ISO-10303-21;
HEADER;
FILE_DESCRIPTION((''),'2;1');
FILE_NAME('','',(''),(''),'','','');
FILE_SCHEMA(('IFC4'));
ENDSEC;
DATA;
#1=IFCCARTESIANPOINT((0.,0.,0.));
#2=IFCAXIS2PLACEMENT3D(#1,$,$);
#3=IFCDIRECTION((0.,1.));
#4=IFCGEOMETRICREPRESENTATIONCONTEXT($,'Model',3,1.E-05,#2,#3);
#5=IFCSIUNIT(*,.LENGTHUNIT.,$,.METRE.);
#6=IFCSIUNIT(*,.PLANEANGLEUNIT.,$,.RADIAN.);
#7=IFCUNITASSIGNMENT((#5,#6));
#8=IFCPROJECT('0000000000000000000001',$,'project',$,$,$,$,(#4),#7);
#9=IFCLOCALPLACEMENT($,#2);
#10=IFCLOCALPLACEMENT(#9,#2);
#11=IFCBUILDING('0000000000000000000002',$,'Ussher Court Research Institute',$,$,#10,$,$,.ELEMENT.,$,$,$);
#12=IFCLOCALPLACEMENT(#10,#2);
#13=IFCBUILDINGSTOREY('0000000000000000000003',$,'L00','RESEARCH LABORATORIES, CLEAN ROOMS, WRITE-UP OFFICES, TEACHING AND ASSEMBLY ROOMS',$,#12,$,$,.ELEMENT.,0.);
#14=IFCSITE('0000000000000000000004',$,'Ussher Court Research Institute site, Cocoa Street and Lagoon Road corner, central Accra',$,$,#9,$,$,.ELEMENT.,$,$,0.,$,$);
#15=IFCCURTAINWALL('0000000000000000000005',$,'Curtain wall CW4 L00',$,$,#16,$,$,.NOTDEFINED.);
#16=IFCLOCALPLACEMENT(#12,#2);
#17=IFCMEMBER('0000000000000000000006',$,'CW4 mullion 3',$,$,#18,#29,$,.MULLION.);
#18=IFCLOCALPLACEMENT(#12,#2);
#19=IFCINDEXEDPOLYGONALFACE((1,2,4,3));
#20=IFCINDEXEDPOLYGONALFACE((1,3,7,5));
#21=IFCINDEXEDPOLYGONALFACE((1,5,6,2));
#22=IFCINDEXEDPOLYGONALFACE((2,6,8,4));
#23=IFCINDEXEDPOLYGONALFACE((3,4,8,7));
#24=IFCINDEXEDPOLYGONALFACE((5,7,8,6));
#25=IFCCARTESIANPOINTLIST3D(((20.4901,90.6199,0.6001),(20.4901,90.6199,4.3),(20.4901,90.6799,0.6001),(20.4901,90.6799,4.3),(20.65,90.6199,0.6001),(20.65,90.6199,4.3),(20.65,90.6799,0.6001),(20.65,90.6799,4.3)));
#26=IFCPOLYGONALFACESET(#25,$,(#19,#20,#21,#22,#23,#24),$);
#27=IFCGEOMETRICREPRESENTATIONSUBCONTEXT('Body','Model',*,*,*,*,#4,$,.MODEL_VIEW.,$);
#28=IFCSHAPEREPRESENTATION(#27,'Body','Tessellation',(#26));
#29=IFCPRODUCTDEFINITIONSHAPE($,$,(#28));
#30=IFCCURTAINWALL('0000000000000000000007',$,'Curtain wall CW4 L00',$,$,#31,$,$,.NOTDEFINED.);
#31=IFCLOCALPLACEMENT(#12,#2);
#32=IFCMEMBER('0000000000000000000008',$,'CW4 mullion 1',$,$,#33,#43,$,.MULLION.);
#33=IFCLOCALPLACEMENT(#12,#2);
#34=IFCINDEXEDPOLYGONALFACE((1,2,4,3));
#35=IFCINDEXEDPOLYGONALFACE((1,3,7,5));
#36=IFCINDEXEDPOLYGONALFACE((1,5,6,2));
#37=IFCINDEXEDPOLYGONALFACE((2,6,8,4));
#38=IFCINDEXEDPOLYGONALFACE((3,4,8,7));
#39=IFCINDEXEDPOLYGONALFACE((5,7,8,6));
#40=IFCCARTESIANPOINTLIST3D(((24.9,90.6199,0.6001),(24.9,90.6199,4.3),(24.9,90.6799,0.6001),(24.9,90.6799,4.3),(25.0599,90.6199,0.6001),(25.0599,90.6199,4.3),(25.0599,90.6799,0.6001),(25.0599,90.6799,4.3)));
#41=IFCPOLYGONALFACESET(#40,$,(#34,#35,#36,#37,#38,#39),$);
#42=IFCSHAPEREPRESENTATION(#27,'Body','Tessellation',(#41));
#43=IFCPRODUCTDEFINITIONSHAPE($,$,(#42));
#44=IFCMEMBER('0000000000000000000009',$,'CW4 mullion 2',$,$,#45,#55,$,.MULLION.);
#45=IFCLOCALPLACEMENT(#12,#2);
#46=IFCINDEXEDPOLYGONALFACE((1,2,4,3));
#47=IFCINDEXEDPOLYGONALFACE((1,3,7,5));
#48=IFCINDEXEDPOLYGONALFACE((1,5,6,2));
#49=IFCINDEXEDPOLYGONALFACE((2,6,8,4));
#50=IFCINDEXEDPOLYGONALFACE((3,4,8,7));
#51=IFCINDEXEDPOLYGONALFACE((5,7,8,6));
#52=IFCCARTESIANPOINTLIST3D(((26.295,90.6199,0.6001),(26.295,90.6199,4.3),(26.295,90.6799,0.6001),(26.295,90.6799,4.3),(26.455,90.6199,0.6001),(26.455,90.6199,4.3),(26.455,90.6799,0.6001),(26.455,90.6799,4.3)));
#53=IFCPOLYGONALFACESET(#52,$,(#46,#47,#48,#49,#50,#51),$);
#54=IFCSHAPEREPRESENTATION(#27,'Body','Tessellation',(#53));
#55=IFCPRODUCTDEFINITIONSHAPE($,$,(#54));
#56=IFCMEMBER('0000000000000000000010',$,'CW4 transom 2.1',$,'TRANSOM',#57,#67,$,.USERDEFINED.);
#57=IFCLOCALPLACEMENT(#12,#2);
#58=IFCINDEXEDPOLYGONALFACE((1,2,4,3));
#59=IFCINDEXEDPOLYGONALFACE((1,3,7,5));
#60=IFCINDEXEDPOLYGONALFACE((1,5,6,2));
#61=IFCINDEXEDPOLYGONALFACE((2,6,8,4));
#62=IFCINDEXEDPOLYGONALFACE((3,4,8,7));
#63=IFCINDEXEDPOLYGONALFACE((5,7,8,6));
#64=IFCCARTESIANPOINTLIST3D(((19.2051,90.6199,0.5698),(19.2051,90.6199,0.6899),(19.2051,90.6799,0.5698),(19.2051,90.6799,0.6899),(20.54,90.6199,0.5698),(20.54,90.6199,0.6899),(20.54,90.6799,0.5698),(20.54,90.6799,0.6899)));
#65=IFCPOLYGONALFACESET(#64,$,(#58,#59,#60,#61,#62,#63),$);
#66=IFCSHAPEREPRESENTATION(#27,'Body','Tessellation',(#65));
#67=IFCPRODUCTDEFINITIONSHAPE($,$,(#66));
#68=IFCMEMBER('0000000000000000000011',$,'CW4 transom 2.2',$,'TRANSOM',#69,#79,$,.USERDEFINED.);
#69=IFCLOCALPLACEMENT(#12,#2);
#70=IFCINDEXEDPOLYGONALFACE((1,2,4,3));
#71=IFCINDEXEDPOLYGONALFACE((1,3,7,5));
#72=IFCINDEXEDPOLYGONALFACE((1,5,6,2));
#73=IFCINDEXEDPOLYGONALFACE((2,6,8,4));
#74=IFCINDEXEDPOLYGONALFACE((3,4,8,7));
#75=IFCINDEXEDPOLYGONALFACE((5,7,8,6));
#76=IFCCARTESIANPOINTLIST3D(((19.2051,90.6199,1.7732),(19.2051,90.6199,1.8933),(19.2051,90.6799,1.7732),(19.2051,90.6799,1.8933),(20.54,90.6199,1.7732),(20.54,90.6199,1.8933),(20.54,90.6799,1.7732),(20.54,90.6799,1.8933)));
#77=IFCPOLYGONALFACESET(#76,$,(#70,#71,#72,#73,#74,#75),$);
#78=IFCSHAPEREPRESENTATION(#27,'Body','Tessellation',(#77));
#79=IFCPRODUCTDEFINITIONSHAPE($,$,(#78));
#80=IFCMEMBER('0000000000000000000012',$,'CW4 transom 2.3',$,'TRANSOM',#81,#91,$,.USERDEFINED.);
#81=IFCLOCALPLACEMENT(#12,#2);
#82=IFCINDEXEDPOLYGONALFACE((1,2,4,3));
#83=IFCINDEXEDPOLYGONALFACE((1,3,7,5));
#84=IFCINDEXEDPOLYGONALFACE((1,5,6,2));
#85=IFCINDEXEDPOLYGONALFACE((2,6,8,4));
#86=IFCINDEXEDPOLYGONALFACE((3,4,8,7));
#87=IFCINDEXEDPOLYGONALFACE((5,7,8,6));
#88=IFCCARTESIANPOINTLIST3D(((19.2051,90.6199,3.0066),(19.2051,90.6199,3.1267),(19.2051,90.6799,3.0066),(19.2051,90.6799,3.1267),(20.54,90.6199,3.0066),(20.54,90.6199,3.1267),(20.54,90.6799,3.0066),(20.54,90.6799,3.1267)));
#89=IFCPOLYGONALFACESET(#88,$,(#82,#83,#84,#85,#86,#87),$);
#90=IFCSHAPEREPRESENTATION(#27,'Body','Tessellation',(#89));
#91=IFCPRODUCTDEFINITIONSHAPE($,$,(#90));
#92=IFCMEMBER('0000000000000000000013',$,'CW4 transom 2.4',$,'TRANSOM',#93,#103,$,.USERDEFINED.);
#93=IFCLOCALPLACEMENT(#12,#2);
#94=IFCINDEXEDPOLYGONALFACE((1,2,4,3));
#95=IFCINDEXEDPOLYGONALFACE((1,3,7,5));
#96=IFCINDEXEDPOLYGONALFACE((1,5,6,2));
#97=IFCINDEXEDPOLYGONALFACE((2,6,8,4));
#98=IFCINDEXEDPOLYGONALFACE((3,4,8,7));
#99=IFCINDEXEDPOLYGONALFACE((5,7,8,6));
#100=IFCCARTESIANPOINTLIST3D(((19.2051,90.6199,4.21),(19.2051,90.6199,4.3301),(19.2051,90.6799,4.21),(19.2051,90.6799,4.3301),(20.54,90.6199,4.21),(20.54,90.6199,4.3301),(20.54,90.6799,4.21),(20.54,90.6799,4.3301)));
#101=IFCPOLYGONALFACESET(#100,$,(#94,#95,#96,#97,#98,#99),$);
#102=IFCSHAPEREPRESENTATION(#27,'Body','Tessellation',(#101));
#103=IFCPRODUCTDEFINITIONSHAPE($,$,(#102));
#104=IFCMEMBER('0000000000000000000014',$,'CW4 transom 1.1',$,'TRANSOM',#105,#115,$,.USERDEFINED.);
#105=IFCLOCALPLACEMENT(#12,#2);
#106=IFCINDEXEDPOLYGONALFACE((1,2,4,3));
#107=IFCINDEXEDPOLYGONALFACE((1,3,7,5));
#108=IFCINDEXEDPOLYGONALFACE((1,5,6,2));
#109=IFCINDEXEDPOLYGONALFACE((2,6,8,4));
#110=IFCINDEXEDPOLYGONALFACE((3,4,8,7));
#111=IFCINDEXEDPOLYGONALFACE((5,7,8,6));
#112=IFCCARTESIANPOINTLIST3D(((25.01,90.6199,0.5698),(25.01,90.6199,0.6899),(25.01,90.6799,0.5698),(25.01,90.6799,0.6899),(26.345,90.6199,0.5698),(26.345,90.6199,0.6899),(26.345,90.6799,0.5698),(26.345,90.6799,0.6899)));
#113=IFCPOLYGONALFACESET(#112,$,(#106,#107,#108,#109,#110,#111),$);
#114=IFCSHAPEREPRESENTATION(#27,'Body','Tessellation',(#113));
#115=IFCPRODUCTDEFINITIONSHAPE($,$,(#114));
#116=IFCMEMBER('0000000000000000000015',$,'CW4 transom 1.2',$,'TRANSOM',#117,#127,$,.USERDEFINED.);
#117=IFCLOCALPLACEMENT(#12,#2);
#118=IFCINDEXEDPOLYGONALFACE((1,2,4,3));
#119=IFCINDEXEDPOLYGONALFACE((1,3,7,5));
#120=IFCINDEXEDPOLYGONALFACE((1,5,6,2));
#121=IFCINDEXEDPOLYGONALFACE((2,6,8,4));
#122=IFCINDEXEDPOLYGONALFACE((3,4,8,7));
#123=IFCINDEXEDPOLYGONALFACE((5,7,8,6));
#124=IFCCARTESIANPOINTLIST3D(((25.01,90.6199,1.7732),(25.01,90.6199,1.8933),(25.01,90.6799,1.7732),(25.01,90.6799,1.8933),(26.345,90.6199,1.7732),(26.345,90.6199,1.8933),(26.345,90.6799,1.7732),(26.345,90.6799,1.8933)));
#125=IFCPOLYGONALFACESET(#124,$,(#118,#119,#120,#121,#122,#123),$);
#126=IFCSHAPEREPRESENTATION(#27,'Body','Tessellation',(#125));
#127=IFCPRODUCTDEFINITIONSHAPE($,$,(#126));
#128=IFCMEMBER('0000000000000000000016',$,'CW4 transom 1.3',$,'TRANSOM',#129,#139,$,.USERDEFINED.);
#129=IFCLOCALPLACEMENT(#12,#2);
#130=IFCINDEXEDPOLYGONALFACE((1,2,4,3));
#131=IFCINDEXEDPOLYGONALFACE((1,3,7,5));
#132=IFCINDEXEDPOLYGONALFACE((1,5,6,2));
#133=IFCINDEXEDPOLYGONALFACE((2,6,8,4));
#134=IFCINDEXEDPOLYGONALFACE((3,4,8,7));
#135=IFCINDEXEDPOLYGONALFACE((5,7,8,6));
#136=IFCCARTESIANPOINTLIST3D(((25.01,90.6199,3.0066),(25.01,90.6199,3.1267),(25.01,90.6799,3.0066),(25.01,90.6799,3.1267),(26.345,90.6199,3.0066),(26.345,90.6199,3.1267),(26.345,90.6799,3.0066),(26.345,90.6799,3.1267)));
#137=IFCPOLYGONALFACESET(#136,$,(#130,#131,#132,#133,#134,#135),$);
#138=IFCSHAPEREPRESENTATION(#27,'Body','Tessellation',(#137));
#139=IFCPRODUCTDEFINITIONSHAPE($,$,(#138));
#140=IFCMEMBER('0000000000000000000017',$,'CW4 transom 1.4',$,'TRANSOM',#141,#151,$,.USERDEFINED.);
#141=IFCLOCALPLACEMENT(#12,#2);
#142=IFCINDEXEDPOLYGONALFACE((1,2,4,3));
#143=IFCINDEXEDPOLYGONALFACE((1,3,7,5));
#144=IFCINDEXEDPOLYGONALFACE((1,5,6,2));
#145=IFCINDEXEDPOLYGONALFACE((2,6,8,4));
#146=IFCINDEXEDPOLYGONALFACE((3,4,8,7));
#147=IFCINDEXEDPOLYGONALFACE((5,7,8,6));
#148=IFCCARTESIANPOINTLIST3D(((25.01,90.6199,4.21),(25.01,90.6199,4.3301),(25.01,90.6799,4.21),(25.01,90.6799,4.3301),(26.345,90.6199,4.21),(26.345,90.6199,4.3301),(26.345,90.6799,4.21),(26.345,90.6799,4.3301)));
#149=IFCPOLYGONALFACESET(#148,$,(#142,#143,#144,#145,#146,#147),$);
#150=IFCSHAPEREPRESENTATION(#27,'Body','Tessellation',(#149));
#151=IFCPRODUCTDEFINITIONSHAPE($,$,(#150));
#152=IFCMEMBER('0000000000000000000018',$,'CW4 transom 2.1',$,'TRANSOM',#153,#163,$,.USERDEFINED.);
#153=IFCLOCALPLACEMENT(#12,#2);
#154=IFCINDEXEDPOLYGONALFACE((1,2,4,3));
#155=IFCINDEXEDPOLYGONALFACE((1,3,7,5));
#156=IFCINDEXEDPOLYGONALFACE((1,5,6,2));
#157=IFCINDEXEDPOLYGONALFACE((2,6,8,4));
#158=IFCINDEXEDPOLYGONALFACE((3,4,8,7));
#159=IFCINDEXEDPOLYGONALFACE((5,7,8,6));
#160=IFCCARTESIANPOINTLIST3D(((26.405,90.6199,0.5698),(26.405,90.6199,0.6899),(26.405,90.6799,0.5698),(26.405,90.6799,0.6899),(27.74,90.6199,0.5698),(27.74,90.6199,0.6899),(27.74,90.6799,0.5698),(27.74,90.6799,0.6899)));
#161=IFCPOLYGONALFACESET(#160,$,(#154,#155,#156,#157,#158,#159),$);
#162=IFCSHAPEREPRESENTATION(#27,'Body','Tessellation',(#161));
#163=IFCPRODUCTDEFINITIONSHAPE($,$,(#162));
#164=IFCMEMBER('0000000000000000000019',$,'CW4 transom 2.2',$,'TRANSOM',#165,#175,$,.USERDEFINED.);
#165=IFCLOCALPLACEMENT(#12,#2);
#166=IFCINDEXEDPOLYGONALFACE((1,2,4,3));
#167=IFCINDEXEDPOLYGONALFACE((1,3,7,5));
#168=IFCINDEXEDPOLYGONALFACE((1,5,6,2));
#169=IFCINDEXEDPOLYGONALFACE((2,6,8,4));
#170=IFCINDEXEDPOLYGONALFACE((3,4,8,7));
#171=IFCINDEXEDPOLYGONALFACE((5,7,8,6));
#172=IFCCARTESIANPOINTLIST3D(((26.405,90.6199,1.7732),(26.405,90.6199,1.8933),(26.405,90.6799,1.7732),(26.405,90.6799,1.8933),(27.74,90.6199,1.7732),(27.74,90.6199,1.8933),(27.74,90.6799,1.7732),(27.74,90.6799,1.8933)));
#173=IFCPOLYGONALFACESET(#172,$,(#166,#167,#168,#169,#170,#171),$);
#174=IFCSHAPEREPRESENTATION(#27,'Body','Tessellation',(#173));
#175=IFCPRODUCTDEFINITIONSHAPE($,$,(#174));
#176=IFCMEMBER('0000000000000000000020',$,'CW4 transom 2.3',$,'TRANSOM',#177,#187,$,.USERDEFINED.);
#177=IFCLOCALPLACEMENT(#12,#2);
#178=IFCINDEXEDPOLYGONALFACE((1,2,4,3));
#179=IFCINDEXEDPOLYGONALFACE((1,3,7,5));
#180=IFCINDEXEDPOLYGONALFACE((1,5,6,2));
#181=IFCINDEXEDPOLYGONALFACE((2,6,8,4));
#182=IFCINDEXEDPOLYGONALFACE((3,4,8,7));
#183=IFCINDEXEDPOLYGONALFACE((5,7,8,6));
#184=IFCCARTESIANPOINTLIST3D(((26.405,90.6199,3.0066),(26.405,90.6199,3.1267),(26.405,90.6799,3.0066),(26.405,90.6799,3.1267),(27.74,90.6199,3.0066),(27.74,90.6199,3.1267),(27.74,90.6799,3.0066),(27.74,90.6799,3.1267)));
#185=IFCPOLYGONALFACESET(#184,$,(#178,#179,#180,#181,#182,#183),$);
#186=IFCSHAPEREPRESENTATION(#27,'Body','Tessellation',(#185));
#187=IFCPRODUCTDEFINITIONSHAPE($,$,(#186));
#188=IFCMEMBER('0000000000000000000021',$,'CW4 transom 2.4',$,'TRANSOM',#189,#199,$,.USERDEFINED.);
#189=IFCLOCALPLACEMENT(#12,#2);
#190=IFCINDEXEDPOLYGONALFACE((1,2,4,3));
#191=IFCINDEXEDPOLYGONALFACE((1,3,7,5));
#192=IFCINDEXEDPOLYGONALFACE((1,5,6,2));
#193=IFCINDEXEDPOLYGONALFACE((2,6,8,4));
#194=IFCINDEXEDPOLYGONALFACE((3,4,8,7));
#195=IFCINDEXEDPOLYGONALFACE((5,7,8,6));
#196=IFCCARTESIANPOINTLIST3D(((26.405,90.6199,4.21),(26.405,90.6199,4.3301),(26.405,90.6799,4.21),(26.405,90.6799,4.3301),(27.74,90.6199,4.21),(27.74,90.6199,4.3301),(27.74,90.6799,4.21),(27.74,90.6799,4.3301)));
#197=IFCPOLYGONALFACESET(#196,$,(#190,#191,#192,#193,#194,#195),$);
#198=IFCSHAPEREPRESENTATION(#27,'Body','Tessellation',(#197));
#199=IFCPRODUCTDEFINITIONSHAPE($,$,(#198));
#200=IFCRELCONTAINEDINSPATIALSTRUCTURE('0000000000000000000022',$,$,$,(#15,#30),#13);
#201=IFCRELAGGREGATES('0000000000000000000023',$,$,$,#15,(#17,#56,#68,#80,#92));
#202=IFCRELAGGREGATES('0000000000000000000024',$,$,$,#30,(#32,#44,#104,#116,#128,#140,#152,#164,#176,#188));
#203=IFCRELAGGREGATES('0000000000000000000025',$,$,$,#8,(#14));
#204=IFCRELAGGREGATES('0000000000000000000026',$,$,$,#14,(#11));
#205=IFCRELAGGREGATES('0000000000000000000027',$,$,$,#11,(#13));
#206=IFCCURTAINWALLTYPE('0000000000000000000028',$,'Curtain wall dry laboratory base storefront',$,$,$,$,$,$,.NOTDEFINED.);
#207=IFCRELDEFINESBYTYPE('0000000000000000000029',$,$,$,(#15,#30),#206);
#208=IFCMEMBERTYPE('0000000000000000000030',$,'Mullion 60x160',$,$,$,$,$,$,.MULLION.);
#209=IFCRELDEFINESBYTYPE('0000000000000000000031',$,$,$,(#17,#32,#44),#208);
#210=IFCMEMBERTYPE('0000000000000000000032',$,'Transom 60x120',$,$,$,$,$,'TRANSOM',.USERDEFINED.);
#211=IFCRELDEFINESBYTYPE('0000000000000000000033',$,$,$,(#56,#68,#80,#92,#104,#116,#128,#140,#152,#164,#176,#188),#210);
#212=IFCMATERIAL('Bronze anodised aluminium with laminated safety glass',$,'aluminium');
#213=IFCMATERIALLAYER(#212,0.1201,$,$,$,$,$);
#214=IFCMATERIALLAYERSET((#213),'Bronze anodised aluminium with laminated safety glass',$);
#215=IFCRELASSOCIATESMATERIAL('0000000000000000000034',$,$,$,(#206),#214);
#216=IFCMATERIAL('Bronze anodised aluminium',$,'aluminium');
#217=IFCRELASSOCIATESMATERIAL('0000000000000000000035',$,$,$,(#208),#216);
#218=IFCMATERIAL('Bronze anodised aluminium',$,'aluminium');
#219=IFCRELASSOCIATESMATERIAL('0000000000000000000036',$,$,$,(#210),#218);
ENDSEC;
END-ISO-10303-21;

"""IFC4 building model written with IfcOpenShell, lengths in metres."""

from ifc_helpers import new_model, si_unit, direction, frame, origin, origin_2d, place, context, subcontext, project, spatial, rectangle, extrude, material, layer, layer_set, material_profile, profile_set, type_object, element, aggregate, save


model = new_model("IFC4")

# Units and contexts
model_context = context("Model", 3, precision=1e-05, world=origin(), true_north=direction((0.0, 1.0)))
body_context = subcontext(model_context, "Body", "Model", "MODEL_VIEW")
ifc_project = project(units=[si_unit("LENGTHUNIT", "METRE"), si_unit("PLANEANGLEUNIT", "RADIAN")], contexts=[model_context])

# Site, building, storey
site_placement = place(None, origin())
site = spatial("IfcSite", under=ifc_project, at=site_placement, Name="Ussher Court Research Institute site, Cocoa Street and Lagoon Road corner, central Accra", CompositionType="ELEMENT", RefElevation=0.0)
building_placement = place(site_placement, origin())
building = spatial("IfcBuilding", under=site, at=building_placement, Name="Ussher Court Research Institute", CompositionType="ELEMENT")
storey_placement = place(building_placement, origin())
storey = spatial("IfcBuildingStorey", under=building, at=storey_placement, Name="L00", Description="RESEARCH LABORATORIES, CLEAN ROOMS, WRITE-UP OFFICES, TEACHING AND ASSEMBLY ROOMS", CompositionType="ELEMENT", Elevation=0.0)

# Curtain wall, member
ifc_material_1 = material(Name="Bronze anodised aluminium with laminated safety glass", Category="aluminium")
ifc_layer_1 = layer(ifc_material_1, 0.1201)
ifc_layer_set_1 = layer_set([ifc_layer_1], Name="Bronze anodised aluminium with laminated safety glass")
curtain_wall_type = type_object("IfcCurtainWallType", Name="Curtain wall dry laboratory base storefront", PredefinedType="NOTDEFINED", material=ifc_layer_set_1)
curtain_wall_1_placement = place(storey_placement, origin())
curtain_wall_1 = element("IfcCurtainWall", 1, at=curtain_wall_1_placement, inside=storey, type_object=curtain_wall_type, Name="Curtain wall CW4 L00", PredefinedType="NOTDEFINED")
ifc_material_2 = material(Name="Bronze anodised aluminium", Category="aluminium")
ifc_material_profile_1 = material_profile(ifc_material_2, rectangle(XDim=0.0601, YDim=0.1599, at=origin_2d()), Name="Mullion 60x160")
ifc_profile_set_1 = profile_set([ifc_material_profile_1], Name="Bronze anodised aluminium")
member_type_1 = type_object("IfcMemberType", Name="Mullion 60x160", PredefinedType="MULLION", material=ifc_profile_set_1)
member_1_placement = place(storey_placement, frame((20.5701, 90.6499, 0.6001), z_axis=(0.0, 0.0, 1.0), x_axis=(0.0, 1.0, 0.0)))
member_1 = element("IfcMember", 2, at=member_1_placement, type_object=member_type_1, Name="CW4 mullion 3", PredefinedType="MULLION", context=body_context, shape_type="SweptSolid", body=[
    extrude(rectangle(XDim=0.0601, YDim=0.1599, at=origin_2d()), origin(), (0.0, 0.0, 1.0), 3.7),
])

# Curtain wall, members
curtain_wall_2_placement = place(storey_placement, origin())
curtain_wall_2 = element("IfcCurtainWall", 3, at=curtain_wall_2_placement, inside=storey, type_object=curtain_wall_type, Name="Curtain wall CW4 L00", PredefinedType="NOTDEFINED")
member_2_placement = place(storey_placement, frame((24.98, 90.6499, 0.6001), z_axis=(0.0, 0.0, 1.0), x_axis=(0.0, 1.0, 0.0)))
member_2 = element("IfcMember", 4, at=member_2_placement, type_object=member_type_1, Name="CW4 mullion 1", PredefinedType="MULLION", context=body_context, shape_type="SweptSolid", body=[
    extrude(rectangle(XDim=0.0601, YDim=0.1599, at=origin_2d()), origin(), (0.0, 0.0, 1.0), 3.7),
])
member_3_placement = place(storey_placement, frame((26.375, 90.6499, 0.6001), z_axis=(0.0, 0.0, 1.0), x_axis=(0.0, 1.0, 0.0)))
member_3 = element("IfcMember", 5, at=member_3_placement, type_object=member_type_1, Name="CW4 mullion 2", PredefinedType="MULLION", context=body_context, shape_type="SweptSolid", body=[
    extrude(rectangle(XDim=0.0601, YDim=0.1599, at=origin_2d()), origin(), (0.0, 0.0, 1.0), 3.7),
])

# Members
ifc_material_3 = material(Name="Bronze anodised aluminium", Category="aluminium")
ifc_material_profile_2 = material_profile(ifc_material_3, rectangle(XDim=0.0601, YDim=0.1201, at=origin_2d()), Name="Transom 60x120")
ifc_profile_set_2 = profile_set([ifc_material_profile_2], Name="Bronze anodised aluminium")
member_type_2 = type_object("IfcMemberType", Name="Transom 60x120", ElementType="TRANSOM", PredefinedType="USERDEFINED", material=ifc_profile_set_2)
member_4_placement = place(storey_placement, frame((19.2051, 90.6499, 0.6299), z_axis=(1.0, 0.0, 0.0), x_axis=(0.0, 1.0, 0.0)))
member_4 = element("IfcMember", 6, at=member_4_placement, type_object=member_type_2, Name="CW4 transom 2.1", ObjectType="TRANSOM", PredefinedType="USERDEFINED", context=body_context, shape_type="SweptSolid", body=[
    extrude(rectangle(XDim=0.0601, YDim=0.1201, at=origin_2d()), origin(), (0.0, 0.0, 1.0), 1.335),
])
member_5_placement = place(storey_placement, frame((19.2051, 90.6499, 1.8333), z_axis=(1.0, 0.0, 0.0), x_axis=(0.0, 1.0, 0.0)))
member_5 = element("IfcMember", 7, at=member_5_placement, type_object=member_type_2, Name="CW4 transom 2.2", ObjectType="TRANSOM", PredefinedType="USERDEFINED", context=body_context, shape_type="SweptSolid", body=[
    extrude(rectangle(XDim=0.0601, YDim=0.1201, at=origin_2d()), origin(), (0.0, 0.0, 1.0), 1.335),
])
member_6_placement = place(storey_placement, frame((19.2051, 90.6499, 3.0667), z_axis=(1.0, 0.0, 0.0), x_axis=(0.0, 1.0, 0.0)))
member_6 = element("IfcMember", 8, at=member_6_placement, type_object=member_type_2, Name="CW4 transom 2.3", ObjectType="TRANSOM", PredefinedType="USERDEFINED", context=body_context, shape_type="SweptSolid", body=[
    extrude(rectangle(XDim=0.0601, YDim=0.1201, at=origin_2d()), origin(), (0.0, 0.0, 1.0), 1.335),
])
member_7_placement = place(storey_placement, frame((19.2051, 90.6499, 4.27), z_axis=(1.0, 0.0, 0.0), x_axis=(0.0, 1.0, 0.0)))
member_7 = element("IfcMember", 9, at=member_7_placement, type_object=member_type_2, Name="CW4 transom 2.4", ObjectType="TRANSOM", PredefinedType="USERDEFINED", context=body_context, shape_type="SweptSolid", body=[
    extrude(rectangle(XDim=0.0601, YDim=0.1201, at=origin_2d()), origin(), (0.0, 0.0, 1.0), 1.335),
])
member_8_placement = place(storey_placement, frame((25.01, 90.6499, 0.6299), z_axis=(1.0, 0.0, 0.0), x_axis=(0.0, 1.0, 0.0)))
member_8 = element("IfcMember", 10, at=member_8_placement, type_object=member_type_2, Name="CW4 transom 1.1", ObjectType="TRANSOM", PredefinedType="USERDEFINED", context=body_context, shape_type="SweptSolid", body=[
    extrude(rectangle(XDim=0.0601, YDim=0.1201, at=origin_2d()), origin(), (0.0, 0.0, 1.0), 1.335),
])
member_9_placement = place(storey_placement, frame((25.01, 90.6499, 1.8333), z_axis=(1.0, 0.0, 0.0), x_axis=(0.0, 1.0, 0.0)))
member_9 = element("IfcMember", 11, at=member_9_placement, type_object=member_type_2, Name="CW4 transom 1.2", ObjectType="TRANSOM", PredefinedType="USERDEFINED", context=body_context, shape_type="SweptSolid", body=[
    extrude(rectangle(XDim=0.0601, YDim=0.1201, at=origin_2d()), origin(), (0.0, 0.0, 1.0), 1.335),
])
member_10_placement = place(storey_placement, frame((25.01, 90.6499, 3.0667), z_axis=(1.0, 0.0, 0.0), x_axis=(0.0, 1.0, 0.0)))
member_10 = element("IfcMember", 12, at=member_10_placement, type_object=member_type_2, Name="CW4 transom 1.3", ObjectType="TRANSOM", PredefinedType="USERDEFINED", context=body_context, shape_type="SweptSolid", body=[
    extrude(rectangle(XDim=0.0601, YDim=0.1201, at=origin_2d()), origin(), (0.0, 0.0, 1.0), 1.335),
])
member_11_placement = place(storey_placement, frame((25.01, 90.6499, 4.27), z_axis=(1.0, 0.0, 0.0), x_axis=(0.0, 1.0, 0.0)))
member_11 = element("IfcMember", 13, at=member_11_placement, type_object=member_type_2, Name="CW4 transom 1.4", ObjectType="TRANSOM", PredefinedType="USERDEFINED", context=body_context, shape_type="SweptSolid", body=[
    extrude(rectangle(XDim=0.0601, YDim=0.1201, at=origin_2d()), origin(), (0.0, 0.0, 1.0), 1.335),
])
member_12_placement = place(storey_placement, frame((26.405, 90.6499, 0.6299), z_axis=(1.0, 0.0, 0.0), x_axis=(0.0, 1.0, 0.0)))
member_12 = element("IfcMember", 14, at=member_12_placement, type_object=member_type_2, Name="CW4 transom 2.1", ObjectType="TRANSOM", PredefinedType="USERDEFINED", context=body_context, shape_type="SweptSolid", body=[
    extrude(rectangle(XDim=0.0601, YDim=0.1201, at=origin_2d()), origin(), (0.0, 0.0, 1.0), 1.335),
])
member_13_placement = place(storey_placement, frame((26.405, 90.6499, 1.8333), z_axis=(1.0, 0.0, 0.0), x_axis=(0.0, 1.0, 0.0)))
member_13 = element("IfcMember", 15, at=member_13_placement, type_object=member_type_2, Name="CW4 transom 2.2", ObjectType="TRANSOM", PredefinedType="USERDEFINED", context=body_context, shape_type="SweptSolid", body=[
    extrude(rectangle(XDim=0.0601, YDim=0.1201, at=origin_2d()), origin(), (0.0, 0.0, 1.0), 1.335),
])
member_14_placement = place(storey_placement, frame((26.405, 90.6499, 3.0667), z_axis=(1.0, 0.0, 0.0), x_axis=(0.0, 1.0, 0.0)))
member_14 = element("IfcMember", 16, at=member_14_placement, type_object=member_type_2, Name="CW4 transom 2.3", ObjectType="TRANSOM", PredefinedType="USERDEFINED", context=body_context, shape_type="SweptSolid", body=[
    extrude(rectangle(XDim=0.0601, YDim=0.1201, at=origin_2d()), origin(), (0.0, 0.0, 1.0), 1.335),
])
member_15_placement = place(storey_placement, frame((26.405, 90.6499, 4.27), z_axis=(1.0, 0.0, 0.0), x_axis=(0.0, 1.0, 0.0)))
member_15 = element("IfcMember", 17, at=member_15_placement, type_object=member_type_2, Name="CW4 transom 2.4", ObjectType="TRANSOM", PredefinedType="USERDEFINED", context=body_context, shape_type="SweptSolid", body=[
    extrude(rectangle(XDim=0.0601, YDim=0.1201, at=origin_2d()), origin(), (0.0, 0.0, 1.0), 1.335),
])

aggregate(curtain_wall_1, [member_1, member_4, member_5, member_6, member_7])
aggregate(curtain_wall_2, [member_2, member_3, member_8, member_9, member_10, member_11, member_12, member_13, member_14, member_15])

save(model, "model.ifc")
